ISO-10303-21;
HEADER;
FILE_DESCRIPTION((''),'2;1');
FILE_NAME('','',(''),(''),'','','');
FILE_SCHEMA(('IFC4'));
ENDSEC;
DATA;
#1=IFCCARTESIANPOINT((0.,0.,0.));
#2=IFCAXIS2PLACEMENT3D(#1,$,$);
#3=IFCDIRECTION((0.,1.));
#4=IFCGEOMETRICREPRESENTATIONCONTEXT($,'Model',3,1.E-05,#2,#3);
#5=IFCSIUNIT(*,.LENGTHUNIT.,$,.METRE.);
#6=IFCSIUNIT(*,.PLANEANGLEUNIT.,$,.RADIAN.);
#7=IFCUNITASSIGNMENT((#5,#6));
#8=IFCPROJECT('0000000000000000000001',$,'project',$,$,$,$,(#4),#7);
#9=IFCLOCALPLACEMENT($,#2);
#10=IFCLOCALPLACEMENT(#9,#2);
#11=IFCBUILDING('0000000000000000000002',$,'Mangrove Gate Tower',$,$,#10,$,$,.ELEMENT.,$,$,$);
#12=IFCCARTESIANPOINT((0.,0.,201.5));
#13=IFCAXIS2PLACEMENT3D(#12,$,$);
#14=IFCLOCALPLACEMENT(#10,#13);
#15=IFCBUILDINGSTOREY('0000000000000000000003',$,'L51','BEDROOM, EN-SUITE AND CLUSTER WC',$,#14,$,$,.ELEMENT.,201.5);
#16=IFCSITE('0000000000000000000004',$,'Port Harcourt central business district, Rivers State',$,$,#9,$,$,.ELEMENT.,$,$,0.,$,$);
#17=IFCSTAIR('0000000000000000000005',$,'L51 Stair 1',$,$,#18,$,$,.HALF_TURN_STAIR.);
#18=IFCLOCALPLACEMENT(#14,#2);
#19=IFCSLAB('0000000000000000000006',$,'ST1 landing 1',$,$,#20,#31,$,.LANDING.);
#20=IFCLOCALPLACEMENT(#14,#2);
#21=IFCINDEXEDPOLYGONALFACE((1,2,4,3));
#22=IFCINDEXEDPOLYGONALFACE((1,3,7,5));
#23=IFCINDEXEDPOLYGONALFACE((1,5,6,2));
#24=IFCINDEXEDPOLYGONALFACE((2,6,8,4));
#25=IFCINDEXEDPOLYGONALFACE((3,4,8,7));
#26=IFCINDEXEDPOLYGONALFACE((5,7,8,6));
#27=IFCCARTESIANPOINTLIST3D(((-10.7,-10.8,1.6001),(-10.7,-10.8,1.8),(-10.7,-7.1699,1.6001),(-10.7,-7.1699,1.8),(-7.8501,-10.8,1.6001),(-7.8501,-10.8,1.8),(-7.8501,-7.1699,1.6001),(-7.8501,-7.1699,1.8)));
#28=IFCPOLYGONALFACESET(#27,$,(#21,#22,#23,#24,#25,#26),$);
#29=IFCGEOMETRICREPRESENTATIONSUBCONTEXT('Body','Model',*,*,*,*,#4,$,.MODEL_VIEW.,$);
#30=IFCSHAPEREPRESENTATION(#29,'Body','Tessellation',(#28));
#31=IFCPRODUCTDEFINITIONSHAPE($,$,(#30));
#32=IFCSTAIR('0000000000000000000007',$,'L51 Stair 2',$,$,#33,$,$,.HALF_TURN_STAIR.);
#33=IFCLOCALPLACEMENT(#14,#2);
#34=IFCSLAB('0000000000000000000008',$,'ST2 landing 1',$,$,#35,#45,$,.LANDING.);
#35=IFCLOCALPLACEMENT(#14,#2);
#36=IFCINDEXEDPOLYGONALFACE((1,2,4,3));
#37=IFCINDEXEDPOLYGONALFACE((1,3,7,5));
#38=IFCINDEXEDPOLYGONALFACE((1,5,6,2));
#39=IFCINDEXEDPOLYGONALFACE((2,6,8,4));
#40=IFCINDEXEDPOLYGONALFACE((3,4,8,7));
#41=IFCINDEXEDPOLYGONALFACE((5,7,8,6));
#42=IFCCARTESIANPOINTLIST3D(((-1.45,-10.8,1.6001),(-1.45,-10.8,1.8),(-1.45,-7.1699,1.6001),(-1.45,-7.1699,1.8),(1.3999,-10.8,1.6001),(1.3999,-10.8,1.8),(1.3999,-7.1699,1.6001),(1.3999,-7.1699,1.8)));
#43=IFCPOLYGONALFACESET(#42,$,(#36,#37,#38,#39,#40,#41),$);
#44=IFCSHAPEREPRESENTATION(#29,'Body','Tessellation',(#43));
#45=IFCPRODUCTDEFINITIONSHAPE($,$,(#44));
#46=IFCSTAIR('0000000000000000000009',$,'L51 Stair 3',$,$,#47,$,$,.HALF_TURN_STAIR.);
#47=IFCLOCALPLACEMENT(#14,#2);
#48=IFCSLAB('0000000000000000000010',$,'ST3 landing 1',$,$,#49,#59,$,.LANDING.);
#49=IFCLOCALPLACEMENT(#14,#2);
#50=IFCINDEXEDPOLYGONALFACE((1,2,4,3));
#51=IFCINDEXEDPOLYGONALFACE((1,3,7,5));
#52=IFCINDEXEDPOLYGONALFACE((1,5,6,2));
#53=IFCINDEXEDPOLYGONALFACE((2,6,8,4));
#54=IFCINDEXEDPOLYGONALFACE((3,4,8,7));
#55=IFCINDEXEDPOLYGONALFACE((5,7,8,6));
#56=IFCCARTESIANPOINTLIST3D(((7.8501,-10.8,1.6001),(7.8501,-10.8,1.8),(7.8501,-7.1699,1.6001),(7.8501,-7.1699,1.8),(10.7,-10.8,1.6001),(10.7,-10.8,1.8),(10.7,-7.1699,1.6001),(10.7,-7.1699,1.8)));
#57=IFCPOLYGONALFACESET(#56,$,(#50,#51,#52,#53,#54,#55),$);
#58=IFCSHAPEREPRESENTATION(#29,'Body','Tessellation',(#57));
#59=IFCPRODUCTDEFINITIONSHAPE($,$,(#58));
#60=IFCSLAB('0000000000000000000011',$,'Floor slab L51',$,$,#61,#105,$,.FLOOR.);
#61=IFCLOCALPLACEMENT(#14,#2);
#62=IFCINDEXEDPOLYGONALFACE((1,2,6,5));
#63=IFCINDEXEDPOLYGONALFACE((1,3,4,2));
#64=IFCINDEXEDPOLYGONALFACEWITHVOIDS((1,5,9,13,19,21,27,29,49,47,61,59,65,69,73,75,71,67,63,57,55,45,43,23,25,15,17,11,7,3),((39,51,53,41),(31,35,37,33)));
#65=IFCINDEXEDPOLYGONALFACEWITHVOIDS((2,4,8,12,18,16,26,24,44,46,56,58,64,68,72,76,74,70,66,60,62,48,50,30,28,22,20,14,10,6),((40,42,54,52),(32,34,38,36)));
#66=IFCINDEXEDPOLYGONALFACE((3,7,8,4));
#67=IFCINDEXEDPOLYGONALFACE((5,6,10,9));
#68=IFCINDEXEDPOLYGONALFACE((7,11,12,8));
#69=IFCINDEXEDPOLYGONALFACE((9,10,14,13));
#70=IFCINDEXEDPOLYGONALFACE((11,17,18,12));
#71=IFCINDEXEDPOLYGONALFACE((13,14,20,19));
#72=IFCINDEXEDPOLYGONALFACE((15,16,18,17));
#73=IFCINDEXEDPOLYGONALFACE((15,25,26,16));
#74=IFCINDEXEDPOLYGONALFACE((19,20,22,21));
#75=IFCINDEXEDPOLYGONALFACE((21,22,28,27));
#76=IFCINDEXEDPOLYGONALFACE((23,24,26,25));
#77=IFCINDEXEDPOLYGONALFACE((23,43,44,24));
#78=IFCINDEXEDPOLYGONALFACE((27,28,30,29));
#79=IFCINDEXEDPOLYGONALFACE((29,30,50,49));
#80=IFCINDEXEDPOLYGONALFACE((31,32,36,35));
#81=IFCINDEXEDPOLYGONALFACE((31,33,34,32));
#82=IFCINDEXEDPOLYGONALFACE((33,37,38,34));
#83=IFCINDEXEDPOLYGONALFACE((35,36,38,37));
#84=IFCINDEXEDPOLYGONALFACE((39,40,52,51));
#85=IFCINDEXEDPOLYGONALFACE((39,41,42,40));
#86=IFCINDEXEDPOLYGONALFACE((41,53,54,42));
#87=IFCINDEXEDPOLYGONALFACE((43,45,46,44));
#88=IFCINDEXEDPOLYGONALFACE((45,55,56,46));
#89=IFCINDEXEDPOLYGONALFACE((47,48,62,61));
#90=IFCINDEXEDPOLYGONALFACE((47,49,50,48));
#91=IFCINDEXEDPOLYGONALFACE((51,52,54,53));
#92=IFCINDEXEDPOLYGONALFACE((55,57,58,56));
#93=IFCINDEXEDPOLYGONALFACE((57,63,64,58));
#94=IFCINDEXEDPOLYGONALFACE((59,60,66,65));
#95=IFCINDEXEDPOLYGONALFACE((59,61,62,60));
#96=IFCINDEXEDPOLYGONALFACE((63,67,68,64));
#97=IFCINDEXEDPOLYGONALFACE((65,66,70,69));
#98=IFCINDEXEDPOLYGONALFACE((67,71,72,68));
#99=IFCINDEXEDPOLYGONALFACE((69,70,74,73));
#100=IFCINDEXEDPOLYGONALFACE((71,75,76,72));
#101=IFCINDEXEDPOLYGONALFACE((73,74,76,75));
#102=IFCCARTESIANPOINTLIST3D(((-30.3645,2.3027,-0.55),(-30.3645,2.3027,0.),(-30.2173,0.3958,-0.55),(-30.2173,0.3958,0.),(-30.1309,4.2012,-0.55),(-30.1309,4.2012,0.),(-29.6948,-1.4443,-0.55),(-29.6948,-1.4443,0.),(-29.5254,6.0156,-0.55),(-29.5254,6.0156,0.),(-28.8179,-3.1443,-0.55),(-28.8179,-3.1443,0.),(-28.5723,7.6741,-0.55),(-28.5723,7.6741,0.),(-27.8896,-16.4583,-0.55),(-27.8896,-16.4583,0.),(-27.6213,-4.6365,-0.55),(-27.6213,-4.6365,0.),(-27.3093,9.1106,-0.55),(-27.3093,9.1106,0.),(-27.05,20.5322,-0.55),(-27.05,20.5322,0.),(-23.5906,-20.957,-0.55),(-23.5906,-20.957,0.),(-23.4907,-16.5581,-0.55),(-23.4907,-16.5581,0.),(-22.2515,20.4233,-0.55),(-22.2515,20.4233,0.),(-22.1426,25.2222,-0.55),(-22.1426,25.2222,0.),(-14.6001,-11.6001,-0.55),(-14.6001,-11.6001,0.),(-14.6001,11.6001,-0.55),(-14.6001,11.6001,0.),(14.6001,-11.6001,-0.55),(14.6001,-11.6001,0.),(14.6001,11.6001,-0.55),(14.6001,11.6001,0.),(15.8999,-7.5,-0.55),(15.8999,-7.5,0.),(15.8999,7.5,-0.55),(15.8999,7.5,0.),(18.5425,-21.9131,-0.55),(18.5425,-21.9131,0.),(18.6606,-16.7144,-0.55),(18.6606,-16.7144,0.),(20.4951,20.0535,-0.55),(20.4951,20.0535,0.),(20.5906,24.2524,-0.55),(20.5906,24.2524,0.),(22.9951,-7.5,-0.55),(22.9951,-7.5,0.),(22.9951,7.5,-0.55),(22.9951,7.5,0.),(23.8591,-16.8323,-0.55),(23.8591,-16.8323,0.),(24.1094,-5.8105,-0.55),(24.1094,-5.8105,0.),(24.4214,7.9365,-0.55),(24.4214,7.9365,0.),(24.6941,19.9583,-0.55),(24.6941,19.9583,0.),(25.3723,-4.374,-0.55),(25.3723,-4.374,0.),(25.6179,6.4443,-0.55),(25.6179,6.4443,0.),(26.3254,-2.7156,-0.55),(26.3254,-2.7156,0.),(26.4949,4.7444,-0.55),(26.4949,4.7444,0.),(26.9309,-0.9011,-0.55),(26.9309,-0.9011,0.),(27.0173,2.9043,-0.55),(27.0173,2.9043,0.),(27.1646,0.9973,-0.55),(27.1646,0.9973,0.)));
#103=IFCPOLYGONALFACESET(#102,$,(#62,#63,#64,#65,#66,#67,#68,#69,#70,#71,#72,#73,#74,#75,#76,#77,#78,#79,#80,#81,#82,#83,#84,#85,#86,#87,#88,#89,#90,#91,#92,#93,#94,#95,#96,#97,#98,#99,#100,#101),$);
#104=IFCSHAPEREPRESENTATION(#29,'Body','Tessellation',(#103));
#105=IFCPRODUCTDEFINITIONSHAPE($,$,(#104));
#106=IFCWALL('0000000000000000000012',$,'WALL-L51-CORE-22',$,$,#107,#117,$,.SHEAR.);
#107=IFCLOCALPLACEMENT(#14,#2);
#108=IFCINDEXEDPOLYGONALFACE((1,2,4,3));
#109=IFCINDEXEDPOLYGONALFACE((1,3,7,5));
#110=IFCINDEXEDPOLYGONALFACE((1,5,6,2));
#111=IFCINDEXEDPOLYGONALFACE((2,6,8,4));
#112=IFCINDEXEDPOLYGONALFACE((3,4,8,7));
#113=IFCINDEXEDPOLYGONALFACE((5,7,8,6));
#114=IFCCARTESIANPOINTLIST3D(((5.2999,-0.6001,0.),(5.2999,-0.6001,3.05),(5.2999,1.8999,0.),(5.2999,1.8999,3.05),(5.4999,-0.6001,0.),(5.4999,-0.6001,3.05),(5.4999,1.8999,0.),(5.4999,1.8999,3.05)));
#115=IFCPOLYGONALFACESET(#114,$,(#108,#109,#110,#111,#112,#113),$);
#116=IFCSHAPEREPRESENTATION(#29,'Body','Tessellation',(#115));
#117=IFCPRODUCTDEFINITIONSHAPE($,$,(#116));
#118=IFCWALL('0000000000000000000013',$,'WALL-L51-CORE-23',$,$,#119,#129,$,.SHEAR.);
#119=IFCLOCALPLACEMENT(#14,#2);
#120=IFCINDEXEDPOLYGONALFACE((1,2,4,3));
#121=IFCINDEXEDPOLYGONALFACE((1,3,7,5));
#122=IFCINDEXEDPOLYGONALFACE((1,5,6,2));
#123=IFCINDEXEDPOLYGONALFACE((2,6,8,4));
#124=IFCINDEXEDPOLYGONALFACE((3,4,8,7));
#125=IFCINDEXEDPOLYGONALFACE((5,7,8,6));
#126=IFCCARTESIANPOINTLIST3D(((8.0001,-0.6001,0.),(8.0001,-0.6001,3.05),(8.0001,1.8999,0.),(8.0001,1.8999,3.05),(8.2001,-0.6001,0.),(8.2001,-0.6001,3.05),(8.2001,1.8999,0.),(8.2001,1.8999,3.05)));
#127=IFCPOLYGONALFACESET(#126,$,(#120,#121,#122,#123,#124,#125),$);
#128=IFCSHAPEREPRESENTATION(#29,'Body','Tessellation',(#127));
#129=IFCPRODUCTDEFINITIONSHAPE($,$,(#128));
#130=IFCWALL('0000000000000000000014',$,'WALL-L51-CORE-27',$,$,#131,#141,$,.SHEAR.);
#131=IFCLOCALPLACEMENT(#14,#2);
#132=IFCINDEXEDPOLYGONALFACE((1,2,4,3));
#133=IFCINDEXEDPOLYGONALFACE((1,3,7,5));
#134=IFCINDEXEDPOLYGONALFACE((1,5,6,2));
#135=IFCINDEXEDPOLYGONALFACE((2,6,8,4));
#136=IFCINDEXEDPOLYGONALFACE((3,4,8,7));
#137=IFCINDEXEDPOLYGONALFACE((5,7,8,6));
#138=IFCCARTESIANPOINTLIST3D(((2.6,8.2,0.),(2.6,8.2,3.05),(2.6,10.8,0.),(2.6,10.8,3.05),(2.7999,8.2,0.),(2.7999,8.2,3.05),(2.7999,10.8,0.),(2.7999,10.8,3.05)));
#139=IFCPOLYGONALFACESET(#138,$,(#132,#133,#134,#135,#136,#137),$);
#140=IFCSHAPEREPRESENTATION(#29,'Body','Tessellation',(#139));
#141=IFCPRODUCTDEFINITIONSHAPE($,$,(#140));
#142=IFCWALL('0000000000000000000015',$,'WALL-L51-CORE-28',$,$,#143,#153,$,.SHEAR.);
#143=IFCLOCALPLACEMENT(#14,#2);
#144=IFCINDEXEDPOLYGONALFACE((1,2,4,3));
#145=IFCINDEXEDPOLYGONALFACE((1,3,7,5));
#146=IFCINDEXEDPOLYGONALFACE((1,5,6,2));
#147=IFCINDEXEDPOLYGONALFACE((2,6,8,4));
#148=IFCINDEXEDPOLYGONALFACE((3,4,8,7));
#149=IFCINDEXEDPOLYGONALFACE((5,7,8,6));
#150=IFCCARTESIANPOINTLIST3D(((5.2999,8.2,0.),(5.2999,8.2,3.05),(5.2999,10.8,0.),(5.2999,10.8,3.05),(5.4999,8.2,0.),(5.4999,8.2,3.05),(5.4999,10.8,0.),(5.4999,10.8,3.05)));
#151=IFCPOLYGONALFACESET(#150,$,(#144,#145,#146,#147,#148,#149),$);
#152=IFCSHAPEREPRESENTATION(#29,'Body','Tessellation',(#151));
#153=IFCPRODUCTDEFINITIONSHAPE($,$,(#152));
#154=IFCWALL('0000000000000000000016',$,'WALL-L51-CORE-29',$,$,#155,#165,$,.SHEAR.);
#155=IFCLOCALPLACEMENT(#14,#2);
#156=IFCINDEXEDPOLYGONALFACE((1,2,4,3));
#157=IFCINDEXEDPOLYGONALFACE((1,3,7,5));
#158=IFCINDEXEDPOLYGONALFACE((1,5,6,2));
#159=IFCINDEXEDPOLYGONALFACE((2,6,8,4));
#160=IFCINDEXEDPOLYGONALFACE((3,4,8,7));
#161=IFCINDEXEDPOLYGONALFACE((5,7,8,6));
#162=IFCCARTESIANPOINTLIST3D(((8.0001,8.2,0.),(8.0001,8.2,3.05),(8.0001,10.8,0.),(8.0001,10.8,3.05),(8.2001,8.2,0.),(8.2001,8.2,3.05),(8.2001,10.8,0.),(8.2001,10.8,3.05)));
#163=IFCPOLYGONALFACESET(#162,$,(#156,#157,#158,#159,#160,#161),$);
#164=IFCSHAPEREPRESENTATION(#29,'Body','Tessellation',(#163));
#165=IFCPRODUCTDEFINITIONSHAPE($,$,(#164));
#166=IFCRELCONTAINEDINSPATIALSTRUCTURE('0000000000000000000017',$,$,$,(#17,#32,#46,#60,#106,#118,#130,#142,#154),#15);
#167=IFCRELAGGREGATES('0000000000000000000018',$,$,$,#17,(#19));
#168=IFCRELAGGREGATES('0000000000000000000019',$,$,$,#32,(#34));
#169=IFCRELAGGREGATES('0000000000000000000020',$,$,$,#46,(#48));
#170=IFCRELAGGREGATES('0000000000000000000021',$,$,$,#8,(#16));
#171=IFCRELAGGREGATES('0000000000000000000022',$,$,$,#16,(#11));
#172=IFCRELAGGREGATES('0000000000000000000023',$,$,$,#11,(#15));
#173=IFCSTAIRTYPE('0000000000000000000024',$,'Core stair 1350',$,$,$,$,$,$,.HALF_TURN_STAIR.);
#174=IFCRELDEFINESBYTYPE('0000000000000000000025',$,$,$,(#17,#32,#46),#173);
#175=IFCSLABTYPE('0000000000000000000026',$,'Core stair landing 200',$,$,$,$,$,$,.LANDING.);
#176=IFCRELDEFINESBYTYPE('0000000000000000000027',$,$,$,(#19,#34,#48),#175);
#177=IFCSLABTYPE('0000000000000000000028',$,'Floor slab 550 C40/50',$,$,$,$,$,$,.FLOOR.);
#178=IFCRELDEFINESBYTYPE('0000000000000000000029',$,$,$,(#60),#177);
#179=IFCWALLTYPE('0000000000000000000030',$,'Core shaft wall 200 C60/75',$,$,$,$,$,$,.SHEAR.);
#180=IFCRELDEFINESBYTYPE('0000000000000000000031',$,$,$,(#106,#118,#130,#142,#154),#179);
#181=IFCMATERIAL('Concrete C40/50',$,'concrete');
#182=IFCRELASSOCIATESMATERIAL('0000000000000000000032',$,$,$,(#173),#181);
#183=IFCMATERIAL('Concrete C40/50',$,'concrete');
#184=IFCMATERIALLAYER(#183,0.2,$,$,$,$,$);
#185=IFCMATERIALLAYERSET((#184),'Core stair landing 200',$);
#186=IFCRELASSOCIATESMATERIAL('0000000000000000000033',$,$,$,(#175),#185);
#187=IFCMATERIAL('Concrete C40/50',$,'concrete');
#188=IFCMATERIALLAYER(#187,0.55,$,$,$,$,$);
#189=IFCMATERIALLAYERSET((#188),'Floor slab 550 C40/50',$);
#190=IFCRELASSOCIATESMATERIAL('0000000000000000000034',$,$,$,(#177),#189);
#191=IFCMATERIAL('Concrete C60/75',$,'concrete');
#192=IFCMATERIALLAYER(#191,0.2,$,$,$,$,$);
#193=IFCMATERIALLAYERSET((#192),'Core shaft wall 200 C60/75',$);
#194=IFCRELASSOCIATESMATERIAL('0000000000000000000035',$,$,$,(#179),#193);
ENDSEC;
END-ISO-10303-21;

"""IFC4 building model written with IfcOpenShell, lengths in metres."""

from ifc_helpers import new_model, si_unit, direction, frame, frame_2d, origin, place, context, subcontext, project, spatial, polyline, rectangle, outline, extrude, material, layer, layer_set, type_object, element, aggregate, save


model = new_model("IFC4")

# Units and contexts
model_context = context("Model", 3, precision=1e-05, world=origin(), true_north=direction((0.0, 1.0)))
body_context = subcontext(model_context, "Body", "Model", "MODEL_VIEW")
ifc_project = project(units=[si_unit("LENGTHUNIT", "METRE"), si_unit("PLANEANGLEUNIT", "RADIAN")], contexts=[model_context])

# Site, building, storey
site_placement = place(None, origin())
site = spatial("IfcSite", under=ifc_project, at=site_placement, Name="Port Harcourt central business district, Rivers State", CompositionType="ELEMENT", RefElevation=0.0)
building_placement = place(site_placement, origin())
building = spatial("IfcBuilding", under=site, at=building_placement, Name="Mangrove Gate Tower", CompositionType="ELEMENT")
storey_placement = place(building_placement, frame((0.0, 0.0, 201.5)))
storey = spatial("IfcBuildingStorey", under=building, at=storey_placement, Name="L51", Description="BEDROOM, EN-SUITE AND CLUSTER WC", CompositionType="ELEMENT", Elevation=201.5)

# Stairs, slabs
ifc_material_1 = material(Name="Concrete C40/50", Category="concrete")
stair_type = type_object("IfcStairType", Name="Core stair 1350", PredefinedType="HALF_TURN_STAIR", material=ifc_material_1)
stair_1_placement = place(storey_placement, origin())
stair_1 = element("IfcStair", 1, at=stair_1_placement, inside=storey, type_object=stair_type, Name="L51 Stair 1", PredefinedType="HALF_TURN_STAIR")
ifc_material_2 = material(Name="Concrete C40/50", Category="concrete")
ifc_layer_1 = layer(ifc_material_2, 0.2)
ifc_layer_set_1 = layer_set([ifc_layer_1], Name="Core stair landing 200")
slab_type_1 = type_object("IfcSlabType", Name="Core stair landing 200", PredefinedType="LANDING", material=ifc_layer_set_1)
slab_1_placement = place(storey_placement, frame((0.0, 0.0, 1.6001)))
slab_1 = element("IfcSlab", 2, at=slab_1_placement, type_object=slab_type_1, Name="ST1 landing 1", PredefinedType="LANDING", context=body_context, shape_type="SweptSolid", body=[
    extrude(outline(polyline([(-10.7, -7.1699), (-10.7, -10.8), (-7.8501, -10.8), (-7.8501, -7.1699), (-10.7, -7.1699)])), origin(), (0.0, 0.0, 1.0), 0.2),
])
aggregate(stair_1, [slab_1])
stair_2_placement = place(storey_placement, origin())
stair_2 = element("IfcStair", 3, at=stair_2_placement, inside=storey, type_object=stair_type, Name="L51 Stair 2", PredefinedType="HALF_TURN_STAIR")
slab_2_placement = place(storey_placement, frame((0.0, 0.0, 1.6001)))
slab_2 = element("IfcSlab", 4, at=slab_2_placement, type_object=slab_type_1, Name="ST2 landing 1", PredefinedType="LANDING", context=body_context, shape_type="SweptSolid", body=[
    extrude(outline(polyline([(-1.45, -7.1699), (-1.45, -10.8), (1.3999, -10.8), (1.3999, -7.1699), (-1.45, -7.1699)])), origin(), (0.0, 0.0, 1.0), 0.2),
])
aggregate(stair_2, [slab_2])
stair_3_placement = place(storey_placement, origin())
stair_3 = element("IfcStair", 5, at=stair_3_placement, inside=storey, type_object=stair_type, Name="L51 Stair 3", PredefinedType="HALF_TURN_STAIR")
slab_3_placement = place(storey_placement, frame((0.0, 0.0, 1.6001)))
slab_3 = element("IfcSlab", 6, at=slab_3_placement, type_object=slab_type_1, Name="ST3 landing 1", PredefinedType="LANDING", context=body_context, shape_type="SweptSolid", body=[
    extrude(outline(polyline([(7.8501, -7.1699), (7.8501, -10.8), (10.7, -10.8), (10.7, -7.1699), (7.8501, -7.1699)])), origin(), (0.0, 0.0, 1.0), 0.2),
])
aggregate(stair_3, [slab_3])

# Slab
ifc_material_3 = material(Name="Concrete C40/50", Category="concrete")
ifc_layer_2 = layer(ifc_material_3, 0.55)
ifc_layer_set_2 = layer_set([ifc_layer_2], Name="Floor slab 550 C40/50")
slab_type_2 = type_object("IfcSlabType", Name="Floor slab 550 C40/50", PredefinedType="FLOOR", material=ifc_layer_set_2)
slab_4_placement = place(storey_placement, frame((0.0, 0.0, -0.55)))
element("IfcSlab", 7, at=slab_4_placement, inside=storey, type_object=slab_type_2, Name="Floor slab L51", PredefinedType="FLOOR", context=body_context, shape_type="SweptSolid", body=[
    extrude(outline(polyline([(-23.5906, -20.957), (18.5425, -21.9131), (18.6606, -16.7144), (23.8591, -16.8323), (24.1094, -5.8105), (25.3723, -4.374), (26.3254, -2.7156), (26.9309, -0.9011), (27.1646, 0.9973), (27.0173, 2.9043), (26.4949, 4.7444), (25.6179, 6.4443), (24.4214, 7.9365), (24.6941, 19.9583), (20.4951, 20.0535), (20.5906, 24.2524), (-22.1426, 25.2222), (-22.2515, 20.4233), (-27.05, 20.5322), (-27.3093, 9.1106), (-28.5723, 7.6741), (-29.5254, 6.0156), (-30.1309, 4.2012), (-30.3645, 2.3027), (-30.2173, 0.3958), (-29.6948, -1.4443), (-28.8179, -3.1443), (-27.6213, -4.6365), (-27.8896, -16.4583), (-23.4907, -16.5581), (-23.5906, -20.957)]), holes=[polyline([(15.8999, 7.5), (22.9951, 7.5), (22.9951, -7.5), (15.8999, -7.5), (15.8999, 7.5)]), polyline([(-14.6001, -11.6001), (-14.6001, 11.6001), (14.6001, 11.6001), (14.6001, -11.6001), (-14.6001, -11.6001)])]), origin(), (0.0, 0.0, 1.0), 0.55),
])

# Walls
ifc_material_4 = material(Name="Concrete C60/75", Category="concrete")
ifc_layer_3 = layer(ifc_material_4, 0.2)
ifc_layer_set_3 = layer_set([ifc_layer_3], Name="Core shaft wall 200 C60/75")
wall_type = type_object("IfcWallType", Name="Core shaft wall 200 C60/75", PredefinedType="SHEAR", material=ifc_layer_set_3)
for number, where, z_axis, x_axis, name in (
    (8, (5.3999, -0.6001, 0.0), (0.0, 0.0, 1.0), (0.0, 1.0, 0.0), "WALL-L51-CORE-22"),
    (9, (8.1001, -0.6001, 0.0), (0.0, 0.0, 1.0), (0.0, 1.0, 0.0), "WALL-L51-CORE-23"),
):
    element("IfcWall", number, at=place(storey_placement, frame(where, z_axis=z_axis, x_axis=x_axis)), inside=storey, type_object=wall_type, Name=name, PredefinedType="SHEAR", context=body_context, shape_type="SweptSolid", body=[
        extrude(rectangle(XDim=2.5, YDim=0.2, at=frame_2d((1.25, 0.0))), origin(), (0.0, 0.0, 1.0), 3.05),
    ])
for number, where, z_axis, x_axis, name in (
    (10, (2.7, 8.2, 0.0), (0.0, 0.0, 1.0), (0.0, 1.0, 0.0), "WALL-L51-CORE-27"),
    (11, (5.3999, 8.2, 0.0), (0.0, 0.0, 1.0), (0.0, 1.0, 0.0), "WALL-L51-CORE-28"),
    (12, (8.1001, 8.2, 0.0), (0.0, 0.0, 1.0), (0.0, 1.0, 0.0), "WALL-L51-CORE-29"),
):
    element("IfcWall", number, at=place(storey_placement, frame(where, z_axis=z_axis, x_axis=x_axis)), inside=storey, type_object=wall_type, Name=name, PredefinedType="SHEAR", context=body_context, shape_type="SweptSolid", body=[
        extrude(rectangle(XDim=2.6001, YDim=0.2, at=frame_2d((1.3, 0.0))), origin(), (0.0, 0.0, 1.0), 3.05),
    ])

save(model, "model.ifc")
